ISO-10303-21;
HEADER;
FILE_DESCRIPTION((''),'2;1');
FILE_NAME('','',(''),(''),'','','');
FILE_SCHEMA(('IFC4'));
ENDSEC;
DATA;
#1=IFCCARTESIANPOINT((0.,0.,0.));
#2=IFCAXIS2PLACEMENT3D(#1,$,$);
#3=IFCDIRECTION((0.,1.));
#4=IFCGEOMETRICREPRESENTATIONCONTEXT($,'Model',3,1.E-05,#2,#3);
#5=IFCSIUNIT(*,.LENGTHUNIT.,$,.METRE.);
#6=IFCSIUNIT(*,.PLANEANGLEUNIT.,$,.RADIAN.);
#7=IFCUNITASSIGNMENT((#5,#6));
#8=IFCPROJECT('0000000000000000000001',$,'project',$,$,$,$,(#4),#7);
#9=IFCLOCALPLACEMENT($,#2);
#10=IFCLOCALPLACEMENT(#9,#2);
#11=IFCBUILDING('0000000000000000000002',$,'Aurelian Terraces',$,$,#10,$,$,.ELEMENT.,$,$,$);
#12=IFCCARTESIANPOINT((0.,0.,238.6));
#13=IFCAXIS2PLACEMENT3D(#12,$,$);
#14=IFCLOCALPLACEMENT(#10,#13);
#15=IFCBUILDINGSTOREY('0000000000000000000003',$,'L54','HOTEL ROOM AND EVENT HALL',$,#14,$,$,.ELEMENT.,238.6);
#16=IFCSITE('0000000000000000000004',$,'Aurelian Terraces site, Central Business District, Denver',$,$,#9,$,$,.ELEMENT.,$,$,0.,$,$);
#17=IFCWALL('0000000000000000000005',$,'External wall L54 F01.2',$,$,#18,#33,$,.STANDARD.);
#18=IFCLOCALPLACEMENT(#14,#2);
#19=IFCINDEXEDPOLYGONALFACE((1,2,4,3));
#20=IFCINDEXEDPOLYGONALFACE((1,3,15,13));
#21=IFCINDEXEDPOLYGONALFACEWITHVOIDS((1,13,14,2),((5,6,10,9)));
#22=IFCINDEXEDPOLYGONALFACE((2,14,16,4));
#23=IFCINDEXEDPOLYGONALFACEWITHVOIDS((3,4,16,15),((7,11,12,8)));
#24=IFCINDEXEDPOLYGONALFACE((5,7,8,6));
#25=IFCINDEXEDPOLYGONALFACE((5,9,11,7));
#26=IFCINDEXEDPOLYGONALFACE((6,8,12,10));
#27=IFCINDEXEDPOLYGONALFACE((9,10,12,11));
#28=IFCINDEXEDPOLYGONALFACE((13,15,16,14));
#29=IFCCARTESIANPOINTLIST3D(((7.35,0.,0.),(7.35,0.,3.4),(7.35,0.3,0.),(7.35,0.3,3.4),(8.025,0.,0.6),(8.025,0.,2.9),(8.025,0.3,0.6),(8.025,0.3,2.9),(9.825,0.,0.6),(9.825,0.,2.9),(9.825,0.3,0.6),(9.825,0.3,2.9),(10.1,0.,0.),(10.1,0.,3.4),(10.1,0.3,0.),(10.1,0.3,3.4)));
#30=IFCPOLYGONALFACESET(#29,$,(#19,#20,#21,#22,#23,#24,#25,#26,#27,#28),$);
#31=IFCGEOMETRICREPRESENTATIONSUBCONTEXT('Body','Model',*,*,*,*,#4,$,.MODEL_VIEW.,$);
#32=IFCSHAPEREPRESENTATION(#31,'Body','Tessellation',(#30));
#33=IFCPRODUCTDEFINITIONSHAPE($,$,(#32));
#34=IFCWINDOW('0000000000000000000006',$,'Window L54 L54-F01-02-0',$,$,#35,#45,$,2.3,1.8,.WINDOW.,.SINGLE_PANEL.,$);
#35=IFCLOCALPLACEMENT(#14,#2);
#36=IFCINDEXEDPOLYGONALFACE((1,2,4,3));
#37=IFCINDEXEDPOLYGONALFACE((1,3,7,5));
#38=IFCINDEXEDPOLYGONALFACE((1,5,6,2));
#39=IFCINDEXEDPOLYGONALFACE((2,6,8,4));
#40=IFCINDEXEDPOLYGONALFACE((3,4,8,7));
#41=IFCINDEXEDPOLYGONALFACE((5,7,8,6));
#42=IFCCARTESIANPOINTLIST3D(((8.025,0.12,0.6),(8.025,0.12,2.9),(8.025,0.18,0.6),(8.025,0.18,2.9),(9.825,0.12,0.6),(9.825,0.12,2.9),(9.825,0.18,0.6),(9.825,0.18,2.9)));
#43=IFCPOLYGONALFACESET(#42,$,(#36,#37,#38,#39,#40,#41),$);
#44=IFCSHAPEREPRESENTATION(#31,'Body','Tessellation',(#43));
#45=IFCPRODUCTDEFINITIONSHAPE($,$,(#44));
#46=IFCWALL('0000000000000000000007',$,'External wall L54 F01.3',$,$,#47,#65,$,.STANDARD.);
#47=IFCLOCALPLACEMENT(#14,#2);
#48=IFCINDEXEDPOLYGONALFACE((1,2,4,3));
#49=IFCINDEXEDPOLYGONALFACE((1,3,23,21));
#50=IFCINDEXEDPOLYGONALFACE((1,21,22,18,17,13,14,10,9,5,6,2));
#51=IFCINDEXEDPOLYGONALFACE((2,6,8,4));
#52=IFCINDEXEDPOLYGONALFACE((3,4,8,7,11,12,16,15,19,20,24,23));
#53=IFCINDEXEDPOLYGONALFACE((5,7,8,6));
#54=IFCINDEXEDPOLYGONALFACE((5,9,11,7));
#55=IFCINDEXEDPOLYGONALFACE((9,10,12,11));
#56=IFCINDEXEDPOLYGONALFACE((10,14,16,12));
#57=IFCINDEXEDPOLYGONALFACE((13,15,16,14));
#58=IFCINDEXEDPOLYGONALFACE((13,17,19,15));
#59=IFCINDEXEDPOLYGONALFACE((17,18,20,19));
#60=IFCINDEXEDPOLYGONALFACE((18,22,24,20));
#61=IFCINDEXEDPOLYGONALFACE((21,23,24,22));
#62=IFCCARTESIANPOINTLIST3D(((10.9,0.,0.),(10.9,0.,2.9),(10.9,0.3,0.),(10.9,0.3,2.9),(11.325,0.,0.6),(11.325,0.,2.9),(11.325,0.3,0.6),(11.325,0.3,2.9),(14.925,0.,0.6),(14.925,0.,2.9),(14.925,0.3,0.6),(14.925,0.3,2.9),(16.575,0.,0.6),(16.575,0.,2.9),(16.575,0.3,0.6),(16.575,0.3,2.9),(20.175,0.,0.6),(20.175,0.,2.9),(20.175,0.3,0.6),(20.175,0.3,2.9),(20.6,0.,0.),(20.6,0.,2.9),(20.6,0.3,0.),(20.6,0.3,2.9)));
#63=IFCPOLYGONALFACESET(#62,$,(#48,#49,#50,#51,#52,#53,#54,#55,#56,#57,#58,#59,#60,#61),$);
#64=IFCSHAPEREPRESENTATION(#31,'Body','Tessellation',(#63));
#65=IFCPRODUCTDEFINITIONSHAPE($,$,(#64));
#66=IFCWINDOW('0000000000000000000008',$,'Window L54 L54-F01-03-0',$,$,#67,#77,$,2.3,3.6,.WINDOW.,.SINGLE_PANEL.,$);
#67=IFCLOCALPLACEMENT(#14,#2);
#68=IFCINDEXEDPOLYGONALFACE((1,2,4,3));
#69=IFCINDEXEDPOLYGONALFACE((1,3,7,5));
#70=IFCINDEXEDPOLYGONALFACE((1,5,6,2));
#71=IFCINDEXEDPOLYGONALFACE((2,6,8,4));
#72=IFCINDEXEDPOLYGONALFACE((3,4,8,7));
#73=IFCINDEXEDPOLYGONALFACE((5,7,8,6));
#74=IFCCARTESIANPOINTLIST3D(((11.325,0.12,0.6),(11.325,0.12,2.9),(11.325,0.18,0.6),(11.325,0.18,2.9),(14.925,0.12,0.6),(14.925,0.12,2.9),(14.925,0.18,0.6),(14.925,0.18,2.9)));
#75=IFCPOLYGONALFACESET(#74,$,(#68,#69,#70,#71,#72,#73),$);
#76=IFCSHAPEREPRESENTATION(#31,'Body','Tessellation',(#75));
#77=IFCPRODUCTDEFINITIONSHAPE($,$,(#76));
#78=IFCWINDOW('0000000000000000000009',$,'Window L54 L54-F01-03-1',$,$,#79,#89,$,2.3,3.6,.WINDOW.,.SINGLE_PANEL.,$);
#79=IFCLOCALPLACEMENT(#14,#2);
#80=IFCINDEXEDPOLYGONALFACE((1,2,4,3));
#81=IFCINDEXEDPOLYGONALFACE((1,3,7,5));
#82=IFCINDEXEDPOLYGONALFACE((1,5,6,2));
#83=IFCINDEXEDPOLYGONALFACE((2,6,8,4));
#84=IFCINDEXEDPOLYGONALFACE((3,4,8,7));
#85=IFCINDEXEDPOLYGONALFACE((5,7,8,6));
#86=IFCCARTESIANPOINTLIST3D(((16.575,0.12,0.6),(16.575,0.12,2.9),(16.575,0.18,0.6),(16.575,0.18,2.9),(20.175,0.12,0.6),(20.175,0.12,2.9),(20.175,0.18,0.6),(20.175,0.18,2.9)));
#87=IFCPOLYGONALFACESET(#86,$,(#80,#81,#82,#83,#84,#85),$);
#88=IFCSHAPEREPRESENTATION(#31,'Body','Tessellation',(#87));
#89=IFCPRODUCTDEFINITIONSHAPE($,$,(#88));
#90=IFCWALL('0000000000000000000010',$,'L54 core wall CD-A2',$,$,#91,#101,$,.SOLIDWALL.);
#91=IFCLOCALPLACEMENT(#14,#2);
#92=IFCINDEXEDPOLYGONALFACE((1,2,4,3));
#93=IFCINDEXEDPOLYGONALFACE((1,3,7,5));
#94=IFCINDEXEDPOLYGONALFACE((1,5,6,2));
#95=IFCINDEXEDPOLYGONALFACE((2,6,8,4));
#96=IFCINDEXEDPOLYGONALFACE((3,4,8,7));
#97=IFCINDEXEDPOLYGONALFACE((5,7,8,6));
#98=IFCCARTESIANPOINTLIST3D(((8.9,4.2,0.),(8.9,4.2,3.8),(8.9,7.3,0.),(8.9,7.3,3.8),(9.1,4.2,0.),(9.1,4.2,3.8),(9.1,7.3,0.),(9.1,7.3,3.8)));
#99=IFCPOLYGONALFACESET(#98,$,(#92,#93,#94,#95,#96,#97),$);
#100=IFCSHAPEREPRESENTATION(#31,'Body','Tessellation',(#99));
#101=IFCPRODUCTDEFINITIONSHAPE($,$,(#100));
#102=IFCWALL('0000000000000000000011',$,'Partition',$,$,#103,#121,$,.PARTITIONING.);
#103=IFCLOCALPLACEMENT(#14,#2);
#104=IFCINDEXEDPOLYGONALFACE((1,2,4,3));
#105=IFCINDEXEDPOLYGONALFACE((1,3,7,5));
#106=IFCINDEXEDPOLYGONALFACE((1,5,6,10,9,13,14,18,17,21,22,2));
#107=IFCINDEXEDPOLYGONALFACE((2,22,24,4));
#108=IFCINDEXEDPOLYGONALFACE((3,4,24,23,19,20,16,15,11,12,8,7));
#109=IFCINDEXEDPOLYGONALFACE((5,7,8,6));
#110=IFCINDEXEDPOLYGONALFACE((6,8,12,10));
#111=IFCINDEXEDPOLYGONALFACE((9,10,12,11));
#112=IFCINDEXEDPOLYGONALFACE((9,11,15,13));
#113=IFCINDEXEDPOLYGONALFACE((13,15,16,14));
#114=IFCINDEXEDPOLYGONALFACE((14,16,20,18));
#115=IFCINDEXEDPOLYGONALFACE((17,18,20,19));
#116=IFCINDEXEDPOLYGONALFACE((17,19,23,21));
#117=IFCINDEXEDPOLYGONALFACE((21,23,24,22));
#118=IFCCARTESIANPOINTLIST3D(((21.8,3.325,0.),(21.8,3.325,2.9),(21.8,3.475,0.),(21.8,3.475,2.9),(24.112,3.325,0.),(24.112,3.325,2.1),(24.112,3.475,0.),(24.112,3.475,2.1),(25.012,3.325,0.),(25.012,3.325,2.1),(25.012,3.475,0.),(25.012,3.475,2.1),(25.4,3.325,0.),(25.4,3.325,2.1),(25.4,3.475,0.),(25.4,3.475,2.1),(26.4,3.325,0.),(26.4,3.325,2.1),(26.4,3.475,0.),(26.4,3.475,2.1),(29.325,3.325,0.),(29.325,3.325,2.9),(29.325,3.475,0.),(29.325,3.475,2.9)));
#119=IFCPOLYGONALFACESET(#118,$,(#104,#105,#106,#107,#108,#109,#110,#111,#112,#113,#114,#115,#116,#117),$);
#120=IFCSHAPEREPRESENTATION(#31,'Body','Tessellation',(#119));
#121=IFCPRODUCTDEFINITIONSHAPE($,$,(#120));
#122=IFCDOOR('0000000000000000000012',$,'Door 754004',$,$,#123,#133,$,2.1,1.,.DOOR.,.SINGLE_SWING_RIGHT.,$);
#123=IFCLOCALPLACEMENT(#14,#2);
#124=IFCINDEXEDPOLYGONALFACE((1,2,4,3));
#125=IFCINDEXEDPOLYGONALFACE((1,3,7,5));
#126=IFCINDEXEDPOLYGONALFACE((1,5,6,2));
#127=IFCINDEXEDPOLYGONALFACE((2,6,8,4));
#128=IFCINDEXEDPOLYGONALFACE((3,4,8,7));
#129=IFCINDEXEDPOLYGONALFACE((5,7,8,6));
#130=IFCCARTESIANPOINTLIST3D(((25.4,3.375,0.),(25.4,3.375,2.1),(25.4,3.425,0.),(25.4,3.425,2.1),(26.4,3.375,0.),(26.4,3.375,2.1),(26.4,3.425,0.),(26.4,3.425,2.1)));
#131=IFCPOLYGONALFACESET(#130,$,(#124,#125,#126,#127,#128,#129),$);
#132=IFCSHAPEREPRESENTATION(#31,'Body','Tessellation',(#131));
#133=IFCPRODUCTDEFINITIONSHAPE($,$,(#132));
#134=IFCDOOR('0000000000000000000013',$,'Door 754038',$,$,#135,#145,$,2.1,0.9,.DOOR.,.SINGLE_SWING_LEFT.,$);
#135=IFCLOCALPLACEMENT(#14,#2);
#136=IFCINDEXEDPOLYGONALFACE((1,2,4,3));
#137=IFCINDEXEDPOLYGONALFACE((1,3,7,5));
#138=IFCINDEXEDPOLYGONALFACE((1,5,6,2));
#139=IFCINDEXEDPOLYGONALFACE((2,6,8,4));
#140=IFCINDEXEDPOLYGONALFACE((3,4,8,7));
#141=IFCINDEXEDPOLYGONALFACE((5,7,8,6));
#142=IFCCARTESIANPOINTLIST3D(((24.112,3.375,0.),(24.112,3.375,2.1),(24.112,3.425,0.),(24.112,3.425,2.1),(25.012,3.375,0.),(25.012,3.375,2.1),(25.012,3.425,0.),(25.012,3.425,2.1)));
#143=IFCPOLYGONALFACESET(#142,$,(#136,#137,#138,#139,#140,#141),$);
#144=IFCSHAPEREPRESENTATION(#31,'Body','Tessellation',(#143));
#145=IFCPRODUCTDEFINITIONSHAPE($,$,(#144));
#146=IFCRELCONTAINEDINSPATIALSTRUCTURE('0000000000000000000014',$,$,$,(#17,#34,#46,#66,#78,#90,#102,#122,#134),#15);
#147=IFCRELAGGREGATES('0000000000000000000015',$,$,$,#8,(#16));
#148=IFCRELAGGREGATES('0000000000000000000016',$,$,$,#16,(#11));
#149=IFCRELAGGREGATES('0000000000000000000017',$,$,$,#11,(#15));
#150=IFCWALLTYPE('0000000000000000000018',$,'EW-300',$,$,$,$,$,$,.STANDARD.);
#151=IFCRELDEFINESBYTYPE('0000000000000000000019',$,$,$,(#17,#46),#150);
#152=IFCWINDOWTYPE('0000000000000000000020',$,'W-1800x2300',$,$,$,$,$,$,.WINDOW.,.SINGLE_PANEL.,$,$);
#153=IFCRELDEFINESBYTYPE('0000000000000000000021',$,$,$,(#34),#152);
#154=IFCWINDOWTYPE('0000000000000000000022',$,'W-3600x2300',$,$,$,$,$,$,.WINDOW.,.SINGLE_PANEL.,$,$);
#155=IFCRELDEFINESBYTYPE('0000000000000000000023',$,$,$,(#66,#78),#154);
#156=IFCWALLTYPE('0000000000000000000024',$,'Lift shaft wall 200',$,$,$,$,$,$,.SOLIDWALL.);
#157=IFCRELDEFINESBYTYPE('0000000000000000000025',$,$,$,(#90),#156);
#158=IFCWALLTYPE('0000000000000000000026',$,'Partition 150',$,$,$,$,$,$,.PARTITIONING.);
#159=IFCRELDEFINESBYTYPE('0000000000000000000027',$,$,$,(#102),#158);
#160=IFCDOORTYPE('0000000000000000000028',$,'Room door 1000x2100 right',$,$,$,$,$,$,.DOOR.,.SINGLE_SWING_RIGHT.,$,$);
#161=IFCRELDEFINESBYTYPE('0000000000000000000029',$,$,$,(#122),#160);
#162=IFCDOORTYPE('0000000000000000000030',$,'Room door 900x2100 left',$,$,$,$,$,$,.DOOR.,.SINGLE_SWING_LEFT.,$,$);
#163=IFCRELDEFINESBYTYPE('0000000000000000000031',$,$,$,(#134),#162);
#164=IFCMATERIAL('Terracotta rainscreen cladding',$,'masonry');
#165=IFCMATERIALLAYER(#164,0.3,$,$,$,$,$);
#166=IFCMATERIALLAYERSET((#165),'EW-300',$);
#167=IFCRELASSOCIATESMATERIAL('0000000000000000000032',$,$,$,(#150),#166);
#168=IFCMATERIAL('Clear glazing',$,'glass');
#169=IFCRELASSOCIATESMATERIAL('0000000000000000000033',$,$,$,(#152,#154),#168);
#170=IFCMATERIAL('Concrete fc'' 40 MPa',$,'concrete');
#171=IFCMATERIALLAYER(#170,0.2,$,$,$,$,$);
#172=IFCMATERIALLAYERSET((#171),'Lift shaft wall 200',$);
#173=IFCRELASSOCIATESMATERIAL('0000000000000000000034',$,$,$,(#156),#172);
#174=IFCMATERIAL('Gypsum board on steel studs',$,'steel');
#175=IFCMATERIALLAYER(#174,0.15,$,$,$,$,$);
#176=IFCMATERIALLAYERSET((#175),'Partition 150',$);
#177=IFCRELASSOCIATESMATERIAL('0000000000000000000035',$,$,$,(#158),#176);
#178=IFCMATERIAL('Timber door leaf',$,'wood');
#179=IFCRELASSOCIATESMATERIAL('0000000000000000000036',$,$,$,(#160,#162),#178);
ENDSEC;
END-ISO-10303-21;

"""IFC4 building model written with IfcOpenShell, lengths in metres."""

from ifc_helpers import new_model, si_unit, direction, frame, frame_2d, origin, place, context, subcontext, project, spatial, rectangle, extrude, source, transform, mapped, material, layer, layer_set, type_object, element, fill, save


model = new_model("IFC4")

# Units and contexts
model_context = context("Model", 3, precision=1e-05, world=origin(), true_north=direction((0.0, 1.0)))
body_context = subcontext(model_context, "Body", "Model", "MODEL_VIEW")
ifc_project = project(units=[si_unit("LENGTHUNIT", "METRE"), si_unit("PLANEANGLEUNIT", "RADIAN")], contexts=[model_context])

# Site, building, storey
site_placement = place(None, origin())
site = spatial("IfcSite", under=ifc_project, at=site_placement, Name="Aurelian Terraces site, Central Business District, Denver", CompositionType="ELEMENT", RefElevation=0.0)
building_placement = place(site_placement, origin())
building = spatial("IfcBuilding", under=site, at=building_placement, Name="Aurelian Terraces", CompositionType="ELEMENT")
storey_placement = place(building_placement, frame((0.0, 0.0, 238.6)))
storey = spatial("IfcBuildingStorey", under=building, at=storey_placement, Name="L54", Description="HOTEL ROOM AND EVENT HALL", CompositionType="ELEMENT", Elevation=238.6)

# Shared definitions
ifc_material_1 = material(Name="Concrete fc' 40 MPa", Category="concrete")

# Shared definitions
ifc_material_2 = material(Name="Terracotta rainscreen cladding", Category="masonry")
ifc_layer_1 = layer(ifc_material_2, 0.3)
ifc_layer_set_1 = layer_set([ifc_layer_1], Name="EW-300")
wall_type_1 = type_object("IfcWallType", Name="EW-300", PredefinedType="STANDARD", material=ifc_layer_set_1)
ifc_material_3 = material(Name="Clear glazing", Category="glass")

# Wall, opening, window
shared_shape_1 = source(origin(), body_context, "Body", "SweptSolid", [
    extrude(rectangle(XDim=2.75, YDim=0.3, at=frame_2d((1.375, 0.0))), origin(), (0.0, 0.0, 1.0), 3.4),
])
wall_1_placement = place(storey_placement, frame((7.35, 0.15, 0.0), z_axis=(0.0, 0.0, 1.0), x_axis=(1.0, 0.0, 0.0)))
wall_1 = element("IfcWall", 1, at=wall_1_placement, inside=storey, type_object=wall_type_1, Name="External wall L54 F01.2", PredefinedType="STANDARD", context=body_context, shape_type="MappedRepresentation", body=[
    mapped(shared_shape_1, transform((0.0, 0.0, 0.0), scale=1.0)),
])
shared_shape_2 = source(origin(), body_context, "Body", "SweptSolid", [
    extrude(rectangle(XDim=1.8, YDim=2.3, at=frame_2d((0.9, 1.15))), frame((0.0, 0.16, 0.0), z_axis=(0.0, -1.0, 0.0), x_axis=(1.0, 0.0, 0.0)), (0.0, 0.0, 1.0), 0.32),
])
opening_1_placement = place(wall_1_placement, frame((0.675, 0.0, 0.6)))
opening_1 = element("IfcOpeningElement", 2, at=opening_1_placement, cuts=wall_1, PredefinedType="OPENING", context=body_context, shape_type="MappedRepresentation", body=[
    mapped(shared_shape_2, transform((0.0, 0.0, 0.0), scale=1.0)),
])
window_type_1 = type_object("IfcWindowType", Name="W-1800x2300", PartitioningType="SINGLE_PANEL", PredefinedType="WINDOW", material=ifc_material_3)
shared_shape_3 = source(origin(), body_context, "Body", "SweptSolid", [
    extrude(rectangle(XDim=1.8, YDim=2.3, at=frame_2d((0.9, 1.15))), frame((0.0, 0.03, 0.0), z_axis=(0.0, -1.0, 0.0), x_axis=(1.0, 0.0, 0.0)), (0.0, 0.0, 1.0), 0.06),
])
window_1_placement = place(opening_1_placement, origin())
window_1 = element("IfcWindow", 3, at=window_1_placement, inside=storey, type_object=window_type_1, Name="Window L54 L54-F01-02-0", OverallHeight=2.3, OverallWidth=1.8, PartitioningType="SINGLE_PANEL", PredefinedType="WINDOW", context=body_context, shape_type="MappedRepresentation", body=[
    mapped(shared_shape_3, transform((0.0, 0.0, 0.0), scale=1.0)),
])
fill(opening_1, window_1)

# Wall, openings, windows
shared_shape_4 = source(origin(), body_context, "Body", "SweptSolid", [
    extrude(rectangle(XDim=9.7, YDim=0.3, at=frame_2d((4.85, 0.0))), origin(), (0.0, 0.0, 1.0), 2.9),
])
wall_2_placement = place(storey_placement, frame((10.9, 0.15, 0.0), z_axis=(0.0, 0.0, 1.0), x_axis=(1.0, 0.0, 0.0)))
wall_2 = element("IfcWall", 4, at=wall_2_placement, inside=storey, type_object=wall_type_1, Name="External wall L54 F01.3", PredefinedType="STANDARD", context=body_context, shape_type="MappedRepresentation", body=[
    mapped(shared_shape_4, transform((0.0, 0.0, 0.0), scale=1.0)),
])
shared_shape_5 = source(origin(), body_context, "Body", "SweptSolid", [
    extrude(rectangle(XDim=3.6, YDim=2.3, at=frame_2d((1.8, 1.15))), frame((0.0, 0.16, 0.0), z_axis=(0.0, -1.0, 0.0), x_axis=(1.0, 0.0, 0.0)), (0.0, 0.0, 1.0), 0.32),
])
opening_2_placement = place(wall_2_placement, frame((0.425, 0.0, 0.6)))
opening_2 = element("IfcOpeningElement", 5, at=opening_2_placement, cuts=wall_2, PredefinedType="OPENING", context=body_context, shape_type="MappedRepresentation", body=[
    mapped(shared_shape_5, transform((0.0, 0.0, 0.0), scale=1.0)),
])
opening_3_placement = place(wall_2_placement, frame((5.675, 0.0, 0.6)))
opening_3 = element("IfcOpeningElement", 6, at=opening_3_placement, cuts=wall_2, PredefinedType="OPENING", context=body_context, shape_type="MappedRepresentation", body=[
    mapped(shared_shape_5, transform((0.0, 0.0, 0.0), scale=1.0)),
])
window_type_2 = type_object("IfcWindowType", Name="W-3600x2300", PartitioningType="SINGLE_PANEL", PredefinedType="WINDOW", material=ifc_material_3)
shared_shape_6 = source(origin(), body_context, "Body", "SweptSolid", [
    extrude(rectangle(XDim=3.6, YDim=2.3, at=frame_2d((1.8, 1.15))), frame((0.0, 0.03, 0.0), z_axis=(0.0, -1.0, 0.0), x_axis=(1.0, 0.0, 0.0)), (0.0, 0.0, 1.0), 0.06),
])
window_2_placement = place(opening_2_placement, origin())
window_2 = element("IfcWindow", 7, at=window_2_placement, inside=storey, type_object=window_type_2, Name="Window L54 L54-F01-03-0", OverallHeight=2.3, OverallWidth=3.6, PartitioningType="SINGLE_PANEL", PredefinedType="WINDOW", context=body_context, shape_type="MappedRepresentation", body=[
    mapped(shared_shape_6, transform((0.0, 0.0, 0.0), scale=1.0)),
])
fill(opening_2, window_2)
window_3_placement = place(opening_3_placement, origin())
window_3 = element("IfcWindow", 8, at=window_3_placement, inside=storey, type_object=window_type_2, Name="Window L54 L54-F01-03-1", OverallHeight=2.3, OverallWidth=3.6, PartitioningType="SINGLE_PANEL", PredefinedType="WINDOW", context=body_context, shape_type="MappedRepresentation", body=[
    mapped(shared_shape_6, transform((0.0, 0.0, 0.0), scale=1.0)),
])
fill(opening_3, window_3)

# Wall
ifc_layer_2 = layer(ifc_material_1, 0.2)
ifc_layer_set_2 = layer_set([ifc_layer_2], Name="Lift shaft wall 200")
wall_type_2 = type_object("IfcWallType", Name="Lift shaft wall 200", PredefinedType="SOLIDWALL", material=ifc_layer_set_2)
shared_shape_7 = source(origin(), body_context, "Body", "SweptSolid", [
    extrude(rectangle(XDim=3.1, YDim=0.2, at=frame_2d((1.55, 0.0))), origin(), (0.0, 0.0, 1.0), 3.8),
])
wall_3_placement = place(storey_placement, frame((9.0, 4.2, 0.0), z_axis=(0.0, 0.0, 1.0), x_axis=(0.0, 1.0, 0.0)))
element("IfcWall", 9, at=wall_3_placement, inside=storey, type_object=wall_type_2, Name="L54 core wall CD-A2", PredefinedType="SOLIDWALL", context=body_context, shape_type="MappedRepresentation", body=[
    mapped(shared_shape_7, transform((0.0, 0.0, 0.0), scale=1.0)),
])

# Wall, openings, doors
ifc_material_4 = material(Name="Gypsum board on steel studs", Category="steel")
ifc_layer_3 = layer(ifc_material_4, 0.15)
ifc_layer_set_3 = layer_set([ifc_layer_3], Name="Partition 150")
wall_type_3 = type_object("IfcWallType", Name="Partition 150", PredefinedType="PARTITIONING", material=ifc_layer_set_3)
shared_shape_8 = source(origin(), body_context, "Body", "SweptSolid", [
    extrude(rectangle(XDim=7.525, YDim=0.15, at=frame_2d((3.7625, 0.0))), origin(), (0.0, 0.0, 1.0), 2.9),
])
wall_4_placement = place(storey_placement, frame((21.8, 3.4, 0.0), z_axis=(0.0, 0.0, 1.0), x_axis=(1.0, 0.0, 0.0)))
wall_4 = element("IfcWall", 10, at=wall_4_placement, inside=storey, type_object=wall_type_3, Name="Partition", PredefinedType="PARTITIONING", context=body_context, shape_type="MappedRepresentation", body=[
    mapped(shared_shape_8, transform((0.0, 0.0, 0.0), scale=1.0)),
])
shared_shape_9 = source(origin(), body_context, "Body", "SweptSolid", [
    extrude(rectangle(XDim=1.0, YDim=2.1, at=frame_2d((0.5, 1.05))), frame((0.0, 0.085, 0.0), z_axis=(0.0, -1.0, 0.0), x_axis=(1.0, 0.0, 0.0)), (0.0, 0.0, 1.0), 0.17),
])
opening_4_placement = place(wall_4_placement, frame((3.6, 0.0, 0.0)))
opening_4 = element("IfcOpeningElement", 11, at=opening_4_placement, cuts=wall_4, PredefinedType="OPENING", context=body_context, shape_type="MappedRepresentation", body=[
    mapped(shared_shape_9, transform((0.0, 0.0, 0.0), scale=1.0)),
])
shared_shape_10 = source(origin(), body_context, "Body", "SweptSolid", [
    extrude(rectangle(XDim=0.9, YDim=2.1, at=frame_2d((0.45, 1.05))), frame((0.0, 0.085, 0.0), z_axis=(0.0, -1.0, 0.0), x_axis=(1.0, 0.0, 0.0)), (0.0, 0.0, 1.0), 0.17),
])
opening_5_placement = place(wall_4_placement, frame((2.312, 0.0, 0.0)))
opening_5 = element("IfcOpeningElement", 12, at=opening_5_placement, cuts=wall_4, PredefinedType="OPENING", context=body_context, shape_type="MappedRepresentation", body=[
    mapped(shared_shape_10, transform((0.0, 0.0, 0.0), scale=1.0)),
])
ifc_material_5 = material(Name="Timber door leaf", Category="wood")
door_type_1 = type_object("IfcDoorType", Name="Room door 1000x2100 right", OperationType="SINGLE_SWING_RIGHT", PredefinedType="DOOR", material=ifc_material_5)
shared_shape_11 = source(origin(), body_context, "Body", "SweptSolid", [
    extrude(rectangle(XDim=1.0, YDim=2.1, at=frame_2d((0.5, 1.05))), frame((0.0, 0.025, 0.0), z_axis=(0.0, -1.0, 0.0), x_axis=(1.0, 0.0, 0.0)), (0.0, 0.0, 1.0), 0.05),
])
door_1_placement = place(opening_4_placement, origin())
door_1 = element("IfcDoor", 13, at=door_1_placement, inside=storey, type_object=door_type_1, Name="Door 754004", OperationType="SINGLE_SWING_RIGHT", OverallHeight=2.1, OverallWidth=1.0, PredefinedType="DOOR", context=body_context, shape_type="MappedRepresentation", body=[
    mapped(shared_shape_11, transform((0.0, 0.0, 0.0), scale=1.0)),
])
fill(opening_4, door_1)
door_type_2 = type_object("IfcDoorType", Name="Room door 900x2100 left", OperationType="SINGLE_SWING_LEFT", PredefinedType="DOOR", material=ifc_material_5)
shared_shape_12 = source(origin(), body_context, "Body", "SweptSolid", [
    extrude(rectangle(XDim=0.9, YDim=2.1, at=frame_2d((0.45, 1.05))), frame((0.0, 0.025, 0.0), z_axis=(0.0, -1.0, 0.0), x_axis=(1.0, 0.0, 0.0)), (0.0, 0.0, 1.0), 0.05),
])
door_2_placement = place(opening_5_placement, origin())
door_2 = element("IfcDoor", 14, at=door_2_placement, inside=storey, type_object=door_type_2, Name="Door 754038", OperationType="SINGLE_SWING_LEFT", OverallHeight=2.1, OverallWidth=0.9, PredefinedType="DOOR", context=body_context, shape_type="MappedRepresentation", body=[
    mapped(shared_shape_12, transform((0.0, 0.0, 0.0), scale=1.0)),
])
fill(opening_5, door_2)

save(model, "model.ifc")
